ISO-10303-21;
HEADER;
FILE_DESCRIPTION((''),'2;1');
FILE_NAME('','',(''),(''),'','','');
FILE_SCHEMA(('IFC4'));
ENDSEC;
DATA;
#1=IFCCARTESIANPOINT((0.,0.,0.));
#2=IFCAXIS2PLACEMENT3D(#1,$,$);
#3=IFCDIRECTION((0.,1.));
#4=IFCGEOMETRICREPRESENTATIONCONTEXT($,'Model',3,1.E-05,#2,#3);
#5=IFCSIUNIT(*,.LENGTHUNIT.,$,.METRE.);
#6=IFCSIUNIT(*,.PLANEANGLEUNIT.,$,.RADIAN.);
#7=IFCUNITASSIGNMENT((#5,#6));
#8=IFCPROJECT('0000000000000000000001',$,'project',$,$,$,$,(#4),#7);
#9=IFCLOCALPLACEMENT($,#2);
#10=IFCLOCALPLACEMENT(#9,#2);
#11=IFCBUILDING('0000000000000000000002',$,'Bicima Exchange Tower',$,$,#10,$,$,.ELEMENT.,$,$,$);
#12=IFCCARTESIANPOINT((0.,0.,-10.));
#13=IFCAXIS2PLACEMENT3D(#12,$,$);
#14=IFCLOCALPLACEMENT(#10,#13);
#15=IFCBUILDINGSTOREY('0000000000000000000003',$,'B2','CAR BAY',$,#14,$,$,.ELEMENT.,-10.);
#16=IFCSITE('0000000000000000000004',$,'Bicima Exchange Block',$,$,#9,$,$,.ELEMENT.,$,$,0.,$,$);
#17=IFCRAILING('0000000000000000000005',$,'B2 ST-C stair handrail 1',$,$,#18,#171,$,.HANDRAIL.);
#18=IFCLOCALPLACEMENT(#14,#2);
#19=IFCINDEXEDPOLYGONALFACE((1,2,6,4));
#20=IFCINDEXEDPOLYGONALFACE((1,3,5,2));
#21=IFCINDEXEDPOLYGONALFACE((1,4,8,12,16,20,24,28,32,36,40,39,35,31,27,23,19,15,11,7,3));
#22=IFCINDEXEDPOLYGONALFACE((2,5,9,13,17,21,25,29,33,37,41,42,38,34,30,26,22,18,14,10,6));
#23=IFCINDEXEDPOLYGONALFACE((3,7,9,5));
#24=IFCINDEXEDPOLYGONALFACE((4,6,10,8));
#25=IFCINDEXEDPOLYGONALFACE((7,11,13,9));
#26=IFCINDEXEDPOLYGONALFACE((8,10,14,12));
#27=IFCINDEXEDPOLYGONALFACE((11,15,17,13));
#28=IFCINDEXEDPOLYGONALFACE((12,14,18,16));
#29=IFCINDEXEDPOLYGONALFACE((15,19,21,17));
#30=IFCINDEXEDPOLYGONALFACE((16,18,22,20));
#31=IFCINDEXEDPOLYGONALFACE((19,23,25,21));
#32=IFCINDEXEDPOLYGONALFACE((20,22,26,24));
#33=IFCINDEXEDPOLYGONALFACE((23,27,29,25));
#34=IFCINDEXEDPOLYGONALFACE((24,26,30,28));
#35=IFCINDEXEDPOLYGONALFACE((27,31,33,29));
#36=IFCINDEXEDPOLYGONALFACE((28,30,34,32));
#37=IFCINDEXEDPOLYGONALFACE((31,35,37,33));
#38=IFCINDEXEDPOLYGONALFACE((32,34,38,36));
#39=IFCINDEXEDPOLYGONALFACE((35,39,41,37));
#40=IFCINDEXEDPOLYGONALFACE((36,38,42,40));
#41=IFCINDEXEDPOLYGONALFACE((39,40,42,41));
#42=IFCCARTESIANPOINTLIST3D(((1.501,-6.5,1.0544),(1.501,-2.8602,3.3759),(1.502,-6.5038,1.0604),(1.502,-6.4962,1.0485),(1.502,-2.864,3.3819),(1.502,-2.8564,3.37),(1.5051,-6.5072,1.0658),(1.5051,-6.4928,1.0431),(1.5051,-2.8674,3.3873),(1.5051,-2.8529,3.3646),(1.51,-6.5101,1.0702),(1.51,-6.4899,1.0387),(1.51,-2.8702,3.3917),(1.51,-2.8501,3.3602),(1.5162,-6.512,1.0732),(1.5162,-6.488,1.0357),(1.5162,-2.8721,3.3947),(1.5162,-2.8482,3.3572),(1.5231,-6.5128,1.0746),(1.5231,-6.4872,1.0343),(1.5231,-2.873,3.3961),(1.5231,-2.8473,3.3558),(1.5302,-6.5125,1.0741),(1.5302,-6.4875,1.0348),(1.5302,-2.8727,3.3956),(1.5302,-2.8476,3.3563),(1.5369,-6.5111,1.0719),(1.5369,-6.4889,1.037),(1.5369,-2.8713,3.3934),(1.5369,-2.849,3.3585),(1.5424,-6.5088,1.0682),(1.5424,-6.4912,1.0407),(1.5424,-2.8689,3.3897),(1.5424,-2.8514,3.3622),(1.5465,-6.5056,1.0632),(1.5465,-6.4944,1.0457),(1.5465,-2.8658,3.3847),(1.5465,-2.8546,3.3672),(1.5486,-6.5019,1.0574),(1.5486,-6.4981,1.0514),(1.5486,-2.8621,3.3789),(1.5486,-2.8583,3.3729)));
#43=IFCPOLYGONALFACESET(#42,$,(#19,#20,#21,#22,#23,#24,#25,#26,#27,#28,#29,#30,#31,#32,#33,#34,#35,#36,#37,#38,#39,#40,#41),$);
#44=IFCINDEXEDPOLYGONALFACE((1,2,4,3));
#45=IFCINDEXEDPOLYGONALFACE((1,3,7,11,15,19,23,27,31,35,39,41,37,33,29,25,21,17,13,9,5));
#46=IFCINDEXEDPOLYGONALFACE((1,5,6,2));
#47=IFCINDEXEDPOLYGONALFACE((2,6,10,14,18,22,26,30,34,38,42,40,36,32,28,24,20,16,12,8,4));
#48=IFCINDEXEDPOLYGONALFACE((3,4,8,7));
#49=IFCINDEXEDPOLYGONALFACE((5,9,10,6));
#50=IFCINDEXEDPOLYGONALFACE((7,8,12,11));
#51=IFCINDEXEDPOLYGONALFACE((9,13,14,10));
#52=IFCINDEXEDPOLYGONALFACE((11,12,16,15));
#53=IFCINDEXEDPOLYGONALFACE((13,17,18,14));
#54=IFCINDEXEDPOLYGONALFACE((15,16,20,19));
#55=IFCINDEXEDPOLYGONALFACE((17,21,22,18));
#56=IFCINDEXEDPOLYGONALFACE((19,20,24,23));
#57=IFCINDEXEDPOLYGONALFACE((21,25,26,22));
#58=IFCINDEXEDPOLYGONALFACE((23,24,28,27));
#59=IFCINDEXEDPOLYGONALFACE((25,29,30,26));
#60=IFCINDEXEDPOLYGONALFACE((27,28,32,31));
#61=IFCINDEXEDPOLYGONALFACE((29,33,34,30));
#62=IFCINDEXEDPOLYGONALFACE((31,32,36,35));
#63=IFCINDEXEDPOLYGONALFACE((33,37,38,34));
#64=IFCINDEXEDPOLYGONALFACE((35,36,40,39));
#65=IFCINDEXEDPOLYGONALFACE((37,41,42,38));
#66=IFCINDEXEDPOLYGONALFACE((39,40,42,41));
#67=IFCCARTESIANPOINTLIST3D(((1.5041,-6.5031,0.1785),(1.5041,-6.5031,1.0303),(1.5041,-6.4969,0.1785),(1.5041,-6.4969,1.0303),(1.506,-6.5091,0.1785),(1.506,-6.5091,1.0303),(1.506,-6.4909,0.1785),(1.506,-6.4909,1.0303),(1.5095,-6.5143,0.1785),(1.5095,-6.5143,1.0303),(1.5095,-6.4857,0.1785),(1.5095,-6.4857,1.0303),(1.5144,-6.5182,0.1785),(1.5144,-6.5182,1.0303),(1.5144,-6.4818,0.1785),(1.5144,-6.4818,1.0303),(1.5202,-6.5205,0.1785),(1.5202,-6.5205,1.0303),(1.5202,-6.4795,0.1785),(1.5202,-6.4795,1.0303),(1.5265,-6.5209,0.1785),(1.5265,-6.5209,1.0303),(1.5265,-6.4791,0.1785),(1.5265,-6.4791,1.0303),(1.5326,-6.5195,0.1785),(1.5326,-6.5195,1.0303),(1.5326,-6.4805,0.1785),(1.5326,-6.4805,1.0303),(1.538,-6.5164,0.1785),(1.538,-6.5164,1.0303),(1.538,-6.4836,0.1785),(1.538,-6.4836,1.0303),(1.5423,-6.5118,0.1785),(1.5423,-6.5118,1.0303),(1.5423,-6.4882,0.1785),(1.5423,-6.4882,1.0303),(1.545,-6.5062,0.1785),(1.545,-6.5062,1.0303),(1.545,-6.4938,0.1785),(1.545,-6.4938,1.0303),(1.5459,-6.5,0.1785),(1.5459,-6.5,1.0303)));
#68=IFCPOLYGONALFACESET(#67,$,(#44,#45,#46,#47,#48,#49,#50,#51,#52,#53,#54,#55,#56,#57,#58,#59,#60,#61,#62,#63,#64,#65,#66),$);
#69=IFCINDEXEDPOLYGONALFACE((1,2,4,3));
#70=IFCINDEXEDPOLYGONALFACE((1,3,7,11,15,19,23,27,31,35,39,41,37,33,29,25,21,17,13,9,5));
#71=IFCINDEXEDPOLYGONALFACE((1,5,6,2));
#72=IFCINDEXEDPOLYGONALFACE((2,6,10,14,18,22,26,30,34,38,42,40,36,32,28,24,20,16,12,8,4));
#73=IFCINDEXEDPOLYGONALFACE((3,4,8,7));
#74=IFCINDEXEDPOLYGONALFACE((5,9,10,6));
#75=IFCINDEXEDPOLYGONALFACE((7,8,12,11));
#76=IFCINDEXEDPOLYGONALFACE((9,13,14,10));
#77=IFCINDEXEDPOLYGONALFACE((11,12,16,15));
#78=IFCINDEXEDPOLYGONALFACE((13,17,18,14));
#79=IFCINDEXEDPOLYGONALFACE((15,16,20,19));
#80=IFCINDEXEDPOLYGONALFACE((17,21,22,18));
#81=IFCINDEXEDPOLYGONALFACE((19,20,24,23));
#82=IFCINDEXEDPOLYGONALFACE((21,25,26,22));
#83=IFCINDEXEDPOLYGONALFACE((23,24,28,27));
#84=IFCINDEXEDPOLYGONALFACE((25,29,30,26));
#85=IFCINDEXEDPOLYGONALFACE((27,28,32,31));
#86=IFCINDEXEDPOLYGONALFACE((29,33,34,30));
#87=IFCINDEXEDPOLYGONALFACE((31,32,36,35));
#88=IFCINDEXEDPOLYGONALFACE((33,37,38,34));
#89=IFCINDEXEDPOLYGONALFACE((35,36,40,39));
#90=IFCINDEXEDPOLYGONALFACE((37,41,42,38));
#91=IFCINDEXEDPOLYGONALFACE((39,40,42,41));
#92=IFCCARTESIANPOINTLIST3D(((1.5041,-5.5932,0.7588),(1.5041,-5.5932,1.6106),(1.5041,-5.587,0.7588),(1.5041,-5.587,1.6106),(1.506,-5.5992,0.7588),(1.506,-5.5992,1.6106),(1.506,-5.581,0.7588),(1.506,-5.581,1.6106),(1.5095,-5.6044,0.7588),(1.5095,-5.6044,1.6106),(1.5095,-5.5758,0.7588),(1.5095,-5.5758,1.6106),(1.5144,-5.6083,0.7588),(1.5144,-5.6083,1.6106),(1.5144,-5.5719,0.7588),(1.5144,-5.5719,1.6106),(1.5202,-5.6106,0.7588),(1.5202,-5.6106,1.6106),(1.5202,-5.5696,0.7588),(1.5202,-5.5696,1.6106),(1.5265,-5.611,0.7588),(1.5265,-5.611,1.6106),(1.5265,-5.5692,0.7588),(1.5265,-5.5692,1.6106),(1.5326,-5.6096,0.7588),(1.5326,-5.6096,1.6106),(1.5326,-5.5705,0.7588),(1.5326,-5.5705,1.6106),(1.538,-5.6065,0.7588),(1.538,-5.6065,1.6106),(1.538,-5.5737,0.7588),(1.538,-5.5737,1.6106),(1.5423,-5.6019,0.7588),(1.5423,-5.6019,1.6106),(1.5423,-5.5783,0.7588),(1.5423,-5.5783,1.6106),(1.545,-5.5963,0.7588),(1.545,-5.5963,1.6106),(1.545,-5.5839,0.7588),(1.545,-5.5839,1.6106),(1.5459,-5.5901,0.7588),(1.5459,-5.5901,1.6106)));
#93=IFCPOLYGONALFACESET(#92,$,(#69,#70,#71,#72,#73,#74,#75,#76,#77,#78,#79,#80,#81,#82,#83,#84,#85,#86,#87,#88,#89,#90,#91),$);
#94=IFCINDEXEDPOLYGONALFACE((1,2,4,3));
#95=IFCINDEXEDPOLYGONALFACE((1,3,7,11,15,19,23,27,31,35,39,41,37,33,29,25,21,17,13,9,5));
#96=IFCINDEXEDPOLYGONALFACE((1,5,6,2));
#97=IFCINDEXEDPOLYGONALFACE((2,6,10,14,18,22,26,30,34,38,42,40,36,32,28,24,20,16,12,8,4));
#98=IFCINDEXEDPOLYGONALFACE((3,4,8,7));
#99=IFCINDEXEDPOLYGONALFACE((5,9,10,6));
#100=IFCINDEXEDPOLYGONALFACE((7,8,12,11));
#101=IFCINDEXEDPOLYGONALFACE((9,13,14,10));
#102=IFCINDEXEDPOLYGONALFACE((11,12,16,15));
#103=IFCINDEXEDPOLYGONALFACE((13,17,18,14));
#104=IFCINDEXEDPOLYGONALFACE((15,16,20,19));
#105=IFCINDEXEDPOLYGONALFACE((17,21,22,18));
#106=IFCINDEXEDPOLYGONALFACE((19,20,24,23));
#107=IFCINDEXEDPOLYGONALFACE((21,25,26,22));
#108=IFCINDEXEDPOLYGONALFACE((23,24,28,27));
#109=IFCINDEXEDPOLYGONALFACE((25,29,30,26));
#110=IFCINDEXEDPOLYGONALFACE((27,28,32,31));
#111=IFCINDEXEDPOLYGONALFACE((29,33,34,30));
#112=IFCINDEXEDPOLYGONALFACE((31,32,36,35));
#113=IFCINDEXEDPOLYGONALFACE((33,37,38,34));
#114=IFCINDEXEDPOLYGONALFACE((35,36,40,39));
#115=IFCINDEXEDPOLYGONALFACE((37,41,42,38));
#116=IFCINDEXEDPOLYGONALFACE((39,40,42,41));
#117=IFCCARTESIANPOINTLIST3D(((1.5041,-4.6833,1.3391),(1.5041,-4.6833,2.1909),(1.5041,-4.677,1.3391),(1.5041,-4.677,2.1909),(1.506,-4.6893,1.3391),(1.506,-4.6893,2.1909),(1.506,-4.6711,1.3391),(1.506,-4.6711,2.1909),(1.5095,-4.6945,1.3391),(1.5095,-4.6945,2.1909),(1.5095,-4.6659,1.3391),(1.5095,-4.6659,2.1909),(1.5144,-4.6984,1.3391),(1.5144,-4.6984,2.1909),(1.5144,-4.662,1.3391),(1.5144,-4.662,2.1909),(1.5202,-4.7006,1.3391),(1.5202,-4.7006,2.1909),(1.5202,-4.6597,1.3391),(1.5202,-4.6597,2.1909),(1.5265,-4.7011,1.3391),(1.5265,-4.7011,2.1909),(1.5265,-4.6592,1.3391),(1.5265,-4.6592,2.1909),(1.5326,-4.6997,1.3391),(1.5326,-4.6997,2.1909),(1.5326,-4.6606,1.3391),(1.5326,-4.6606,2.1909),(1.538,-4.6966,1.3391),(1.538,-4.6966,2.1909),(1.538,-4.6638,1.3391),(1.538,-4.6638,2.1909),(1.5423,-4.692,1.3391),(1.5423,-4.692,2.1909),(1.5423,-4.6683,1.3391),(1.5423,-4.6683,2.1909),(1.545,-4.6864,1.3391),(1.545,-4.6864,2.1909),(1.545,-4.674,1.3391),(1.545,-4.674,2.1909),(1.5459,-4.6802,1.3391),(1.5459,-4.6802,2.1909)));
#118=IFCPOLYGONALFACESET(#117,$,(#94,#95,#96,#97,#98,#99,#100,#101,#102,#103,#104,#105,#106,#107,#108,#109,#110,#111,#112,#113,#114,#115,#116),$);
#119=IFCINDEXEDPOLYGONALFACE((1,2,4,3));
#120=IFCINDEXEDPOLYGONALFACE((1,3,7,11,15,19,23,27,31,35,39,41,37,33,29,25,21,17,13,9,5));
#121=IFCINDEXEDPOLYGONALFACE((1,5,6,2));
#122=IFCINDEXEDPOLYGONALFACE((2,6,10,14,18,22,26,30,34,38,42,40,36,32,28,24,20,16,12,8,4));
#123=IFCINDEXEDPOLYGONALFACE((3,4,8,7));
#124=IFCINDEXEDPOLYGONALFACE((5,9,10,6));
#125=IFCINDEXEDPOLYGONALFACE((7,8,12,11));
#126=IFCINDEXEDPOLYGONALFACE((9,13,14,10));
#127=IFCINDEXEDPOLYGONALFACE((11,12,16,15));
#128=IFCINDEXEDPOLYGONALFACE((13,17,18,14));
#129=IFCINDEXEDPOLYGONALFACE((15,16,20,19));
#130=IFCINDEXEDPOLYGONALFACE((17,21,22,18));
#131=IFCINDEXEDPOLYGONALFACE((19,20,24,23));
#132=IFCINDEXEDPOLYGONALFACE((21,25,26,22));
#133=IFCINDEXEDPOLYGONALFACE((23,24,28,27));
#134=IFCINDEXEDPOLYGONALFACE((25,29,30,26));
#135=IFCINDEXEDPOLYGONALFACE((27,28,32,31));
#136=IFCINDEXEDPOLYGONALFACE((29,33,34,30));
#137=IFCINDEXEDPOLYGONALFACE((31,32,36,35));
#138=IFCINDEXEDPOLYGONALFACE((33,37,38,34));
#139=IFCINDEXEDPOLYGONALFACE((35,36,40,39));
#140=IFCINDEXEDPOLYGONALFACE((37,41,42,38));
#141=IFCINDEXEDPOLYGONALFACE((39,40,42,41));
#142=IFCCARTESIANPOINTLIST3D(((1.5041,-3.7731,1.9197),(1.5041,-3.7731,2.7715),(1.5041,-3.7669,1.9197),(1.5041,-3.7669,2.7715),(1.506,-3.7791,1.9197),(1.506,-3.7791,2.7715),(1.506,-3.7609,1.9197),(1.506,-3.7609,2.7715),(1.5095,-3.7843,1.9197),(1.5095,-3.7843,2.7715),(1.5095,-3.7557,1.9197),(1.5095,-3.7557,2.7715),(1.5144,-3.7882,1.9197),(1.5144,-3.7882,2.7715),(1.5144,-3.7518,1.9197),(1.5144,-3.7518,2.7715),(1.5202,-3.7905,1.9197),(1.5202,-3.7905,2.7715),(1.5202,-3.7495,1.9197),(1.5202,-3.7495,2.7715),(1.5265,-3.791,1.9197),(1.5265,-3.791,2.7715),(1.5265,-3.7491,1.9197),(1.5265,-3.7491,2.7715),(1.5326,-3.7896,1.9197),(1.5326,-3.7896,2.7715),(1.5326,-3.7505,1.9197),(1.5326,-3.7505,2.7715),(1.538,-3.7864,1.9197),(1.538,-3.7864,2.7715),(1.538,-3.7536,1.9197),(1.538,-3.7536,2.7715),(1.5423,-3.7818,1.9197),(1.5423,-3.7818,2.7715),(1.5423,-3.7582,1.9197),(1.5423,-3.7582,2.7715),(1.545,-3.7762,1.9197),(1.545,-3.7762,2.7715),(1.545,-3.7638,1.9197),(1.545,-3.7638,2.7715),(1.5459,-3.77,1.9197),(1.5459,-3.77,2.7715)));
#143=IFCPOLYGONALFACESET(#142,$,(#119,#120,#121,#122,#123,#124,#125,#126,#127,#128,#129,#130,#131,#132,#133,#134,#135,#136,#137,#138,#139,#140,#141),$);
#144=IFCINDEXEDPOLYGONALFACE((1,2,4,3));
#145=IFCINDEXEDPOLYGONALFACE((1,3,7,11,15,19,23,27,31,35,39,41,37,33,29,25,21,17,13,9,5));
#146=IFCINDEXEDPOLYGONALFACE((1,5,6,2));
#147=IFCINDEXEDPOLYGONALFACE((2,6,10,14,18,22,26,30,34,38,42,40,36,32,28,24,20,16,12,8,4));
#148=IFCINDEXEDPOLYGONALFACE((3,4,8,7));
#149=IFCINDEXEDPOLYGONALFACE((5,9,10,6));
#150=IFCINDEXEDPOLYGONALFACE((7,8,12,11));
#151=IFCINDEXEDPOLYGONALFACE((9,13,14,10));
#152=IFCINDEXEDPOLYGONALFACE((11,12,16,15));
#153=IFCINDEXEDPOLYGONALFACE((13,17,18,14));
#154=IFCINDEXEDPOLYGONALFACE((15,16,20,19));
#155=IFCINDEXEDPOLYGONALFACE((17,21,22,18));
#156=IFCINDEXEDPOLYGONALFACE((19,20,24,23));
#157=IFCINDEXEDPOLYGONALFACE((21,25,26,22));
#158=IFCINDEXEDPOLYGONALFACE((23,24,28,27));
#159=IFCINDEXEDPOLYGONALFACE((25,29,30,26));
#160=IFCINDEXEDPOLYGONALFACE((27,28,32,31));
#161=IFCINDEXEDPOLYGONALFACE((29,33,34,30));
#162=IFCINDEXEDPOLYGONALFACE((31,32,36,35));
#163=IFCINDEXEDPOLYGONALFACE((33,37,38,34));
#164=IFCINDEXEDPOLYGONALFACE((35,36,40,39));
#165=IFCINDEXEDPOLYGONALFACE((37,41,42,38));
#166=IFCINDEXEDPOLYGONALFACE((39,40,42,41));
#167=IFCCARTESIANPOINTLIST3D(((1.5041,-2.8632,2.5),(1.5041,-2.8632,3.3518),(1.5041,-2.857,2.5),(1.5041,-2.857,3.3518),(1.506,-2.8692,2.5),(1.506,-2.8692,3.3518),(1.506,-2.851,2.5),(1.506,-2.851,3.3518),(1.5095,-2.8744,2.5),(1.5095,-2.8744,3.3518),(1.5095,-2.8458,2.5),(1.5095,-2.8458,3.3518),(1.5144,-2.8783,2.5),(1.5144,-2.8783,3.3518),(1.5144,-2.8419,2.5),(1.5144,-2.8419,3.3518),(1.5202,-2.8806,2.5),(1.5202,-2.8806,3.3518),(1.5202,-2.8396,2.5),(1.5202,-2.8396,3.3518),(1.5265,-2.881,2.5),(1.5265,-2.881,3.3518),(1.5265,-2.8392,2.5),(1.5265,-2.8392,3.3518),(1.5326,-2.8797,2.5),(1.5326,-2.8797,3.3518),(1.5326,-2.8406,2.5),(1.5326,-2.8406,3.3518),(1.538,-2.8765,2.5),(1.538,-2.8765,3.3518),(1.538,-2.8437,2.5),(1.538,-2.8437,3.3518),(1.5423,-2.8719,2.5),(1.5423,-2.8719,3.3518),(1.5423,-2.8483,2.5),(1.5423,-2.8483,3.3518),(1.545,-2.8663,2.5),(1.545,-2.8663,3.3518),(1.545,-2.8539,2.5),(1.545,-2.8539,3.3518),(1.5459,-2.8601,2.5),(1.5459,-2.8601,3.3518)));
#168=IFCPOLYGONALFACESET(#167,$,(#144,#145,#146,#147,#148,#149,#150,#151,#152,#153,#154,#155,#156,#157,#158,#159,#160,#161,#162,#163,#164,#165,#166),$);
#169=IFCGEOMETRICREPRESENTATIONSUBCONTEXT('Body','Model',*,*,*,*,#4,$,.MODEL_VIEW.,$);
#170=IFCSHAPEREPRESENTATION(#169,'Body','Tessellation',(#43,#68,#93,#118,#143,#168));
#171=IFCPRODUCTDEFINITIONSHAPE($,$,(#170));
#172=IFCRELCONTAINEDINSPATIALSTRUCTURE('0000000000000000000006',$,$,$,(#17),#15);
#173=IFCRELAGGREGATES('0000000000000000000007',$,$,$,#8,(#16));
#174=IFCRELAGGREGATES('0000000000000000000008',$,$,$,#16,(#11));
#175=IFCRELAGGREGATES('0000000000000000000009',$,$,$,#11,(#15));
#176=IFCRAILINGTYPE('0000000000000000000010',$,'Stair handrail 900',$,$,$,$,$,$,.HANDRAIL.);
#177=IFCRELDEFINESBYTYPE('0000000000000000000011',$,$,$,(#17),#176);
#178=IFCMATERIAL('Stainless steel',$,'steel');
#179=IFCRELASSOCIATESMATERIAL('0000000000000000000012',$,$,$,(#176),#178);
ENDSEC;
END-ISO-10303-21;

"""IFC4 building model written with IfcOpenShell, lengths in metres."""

from ifc_helpers import new_model, si_unit, direction, frame, origin, origin_2d, place, context, subcontext, project, spatial, circle, extrude, material, type_object, element, save


model = new_model("IFC4")

# Units and contexts
model_context = context("Model", 3, precision=1e-05, world=origin(), true_north=direction((0.0, 1.0)))
body_context = subcontext(model_context, "Body", "Model", "MODEL_VIEW")
ifc_project = project(units=[si_unit("LENGTHUNIT", "METRE"), si_unit("PLANEANGLEUNIT", "RADIAN")], contexts=[model_context])

# Site, building, storey
site_placement = place(None, origin())
site = spatial("IfcSite", under=ifc_project, at=site_placement, Name="Bicima Exchange Block", CompositionType="ELEMENT", RefElevation=0.0)
building_placement = place(site_placement, origin())
building = spatial("IfcBuilding", under=site, at=building_placement, Name="Bicima Exchange Tower", CompositionType="ELEMENT")
storey_placement = place(building_placement, frame((0.0, 0.0, -10.0)))
storey = spatial("IfcBuildingStorey", under=building, at=storey_placement, Name="B2", Description="CAR BAY", CompositionType="ELEMENT", Elevation=-10.0)

# Shared definitions
ifc_material_1 = material(Name="Stainless steel", Category="steel")

# Railing
railing_type_1 = type_object("IfcRailingType", Name="Stair handrail 900", PredefinedType="HANDRAIL", material=ifc_material_1)
railing_1_placement = place(storey_placement, frame((1.5249, -6.5, 0.1785)))
element("IfcRailing", 1, at=railing_1_placement, inside=storey, type_object=railing_type_1, Name="B2 ST-C stair handrail 1", PredefinedType="HANDRAIL", context=body_context, shape_type="SweptSolid", body=[
    extrude(circle(Radius=0.0239, at=origin_2d()), frame((0.0, 0.0, 0.876), z_axis=(0.0, 0.843112, 0.537739), x_axis=(-1.0, 0.0, 0.0)), (0.0, 0.0, 1.0), 4.3171),
    extrude(circle(Radius=0.021, at=origin_2d()), origin(), (0.0, 0.0, 1.0), 0.8518),
    extrude(circle(Radius=0.021, at=origin_2d()), frame((0.0, 0.9099, 0.5803)), (0.0, 0.0, 1.0), 0.8518),
    extrude(circle(Radius=0.021, at=origin_2d()), frame((0.0, 1.8198, 1.1606)), (0.0, 0.0, 1.0), 0.8518),
    extrude(circle(Radius=0.021, at=origin_2d()), frame((0.0, 2.73, 1.7412)), (0.0, 0.0, 1.0), 0.8518),
    extrude(circle(Radius=0.021, at=origin_2d()), frame((0.0, 3.6399, 2.3215)), (0.0, 0.0, 1.0), 0.8518),
])

save(model, "model.ifc")
